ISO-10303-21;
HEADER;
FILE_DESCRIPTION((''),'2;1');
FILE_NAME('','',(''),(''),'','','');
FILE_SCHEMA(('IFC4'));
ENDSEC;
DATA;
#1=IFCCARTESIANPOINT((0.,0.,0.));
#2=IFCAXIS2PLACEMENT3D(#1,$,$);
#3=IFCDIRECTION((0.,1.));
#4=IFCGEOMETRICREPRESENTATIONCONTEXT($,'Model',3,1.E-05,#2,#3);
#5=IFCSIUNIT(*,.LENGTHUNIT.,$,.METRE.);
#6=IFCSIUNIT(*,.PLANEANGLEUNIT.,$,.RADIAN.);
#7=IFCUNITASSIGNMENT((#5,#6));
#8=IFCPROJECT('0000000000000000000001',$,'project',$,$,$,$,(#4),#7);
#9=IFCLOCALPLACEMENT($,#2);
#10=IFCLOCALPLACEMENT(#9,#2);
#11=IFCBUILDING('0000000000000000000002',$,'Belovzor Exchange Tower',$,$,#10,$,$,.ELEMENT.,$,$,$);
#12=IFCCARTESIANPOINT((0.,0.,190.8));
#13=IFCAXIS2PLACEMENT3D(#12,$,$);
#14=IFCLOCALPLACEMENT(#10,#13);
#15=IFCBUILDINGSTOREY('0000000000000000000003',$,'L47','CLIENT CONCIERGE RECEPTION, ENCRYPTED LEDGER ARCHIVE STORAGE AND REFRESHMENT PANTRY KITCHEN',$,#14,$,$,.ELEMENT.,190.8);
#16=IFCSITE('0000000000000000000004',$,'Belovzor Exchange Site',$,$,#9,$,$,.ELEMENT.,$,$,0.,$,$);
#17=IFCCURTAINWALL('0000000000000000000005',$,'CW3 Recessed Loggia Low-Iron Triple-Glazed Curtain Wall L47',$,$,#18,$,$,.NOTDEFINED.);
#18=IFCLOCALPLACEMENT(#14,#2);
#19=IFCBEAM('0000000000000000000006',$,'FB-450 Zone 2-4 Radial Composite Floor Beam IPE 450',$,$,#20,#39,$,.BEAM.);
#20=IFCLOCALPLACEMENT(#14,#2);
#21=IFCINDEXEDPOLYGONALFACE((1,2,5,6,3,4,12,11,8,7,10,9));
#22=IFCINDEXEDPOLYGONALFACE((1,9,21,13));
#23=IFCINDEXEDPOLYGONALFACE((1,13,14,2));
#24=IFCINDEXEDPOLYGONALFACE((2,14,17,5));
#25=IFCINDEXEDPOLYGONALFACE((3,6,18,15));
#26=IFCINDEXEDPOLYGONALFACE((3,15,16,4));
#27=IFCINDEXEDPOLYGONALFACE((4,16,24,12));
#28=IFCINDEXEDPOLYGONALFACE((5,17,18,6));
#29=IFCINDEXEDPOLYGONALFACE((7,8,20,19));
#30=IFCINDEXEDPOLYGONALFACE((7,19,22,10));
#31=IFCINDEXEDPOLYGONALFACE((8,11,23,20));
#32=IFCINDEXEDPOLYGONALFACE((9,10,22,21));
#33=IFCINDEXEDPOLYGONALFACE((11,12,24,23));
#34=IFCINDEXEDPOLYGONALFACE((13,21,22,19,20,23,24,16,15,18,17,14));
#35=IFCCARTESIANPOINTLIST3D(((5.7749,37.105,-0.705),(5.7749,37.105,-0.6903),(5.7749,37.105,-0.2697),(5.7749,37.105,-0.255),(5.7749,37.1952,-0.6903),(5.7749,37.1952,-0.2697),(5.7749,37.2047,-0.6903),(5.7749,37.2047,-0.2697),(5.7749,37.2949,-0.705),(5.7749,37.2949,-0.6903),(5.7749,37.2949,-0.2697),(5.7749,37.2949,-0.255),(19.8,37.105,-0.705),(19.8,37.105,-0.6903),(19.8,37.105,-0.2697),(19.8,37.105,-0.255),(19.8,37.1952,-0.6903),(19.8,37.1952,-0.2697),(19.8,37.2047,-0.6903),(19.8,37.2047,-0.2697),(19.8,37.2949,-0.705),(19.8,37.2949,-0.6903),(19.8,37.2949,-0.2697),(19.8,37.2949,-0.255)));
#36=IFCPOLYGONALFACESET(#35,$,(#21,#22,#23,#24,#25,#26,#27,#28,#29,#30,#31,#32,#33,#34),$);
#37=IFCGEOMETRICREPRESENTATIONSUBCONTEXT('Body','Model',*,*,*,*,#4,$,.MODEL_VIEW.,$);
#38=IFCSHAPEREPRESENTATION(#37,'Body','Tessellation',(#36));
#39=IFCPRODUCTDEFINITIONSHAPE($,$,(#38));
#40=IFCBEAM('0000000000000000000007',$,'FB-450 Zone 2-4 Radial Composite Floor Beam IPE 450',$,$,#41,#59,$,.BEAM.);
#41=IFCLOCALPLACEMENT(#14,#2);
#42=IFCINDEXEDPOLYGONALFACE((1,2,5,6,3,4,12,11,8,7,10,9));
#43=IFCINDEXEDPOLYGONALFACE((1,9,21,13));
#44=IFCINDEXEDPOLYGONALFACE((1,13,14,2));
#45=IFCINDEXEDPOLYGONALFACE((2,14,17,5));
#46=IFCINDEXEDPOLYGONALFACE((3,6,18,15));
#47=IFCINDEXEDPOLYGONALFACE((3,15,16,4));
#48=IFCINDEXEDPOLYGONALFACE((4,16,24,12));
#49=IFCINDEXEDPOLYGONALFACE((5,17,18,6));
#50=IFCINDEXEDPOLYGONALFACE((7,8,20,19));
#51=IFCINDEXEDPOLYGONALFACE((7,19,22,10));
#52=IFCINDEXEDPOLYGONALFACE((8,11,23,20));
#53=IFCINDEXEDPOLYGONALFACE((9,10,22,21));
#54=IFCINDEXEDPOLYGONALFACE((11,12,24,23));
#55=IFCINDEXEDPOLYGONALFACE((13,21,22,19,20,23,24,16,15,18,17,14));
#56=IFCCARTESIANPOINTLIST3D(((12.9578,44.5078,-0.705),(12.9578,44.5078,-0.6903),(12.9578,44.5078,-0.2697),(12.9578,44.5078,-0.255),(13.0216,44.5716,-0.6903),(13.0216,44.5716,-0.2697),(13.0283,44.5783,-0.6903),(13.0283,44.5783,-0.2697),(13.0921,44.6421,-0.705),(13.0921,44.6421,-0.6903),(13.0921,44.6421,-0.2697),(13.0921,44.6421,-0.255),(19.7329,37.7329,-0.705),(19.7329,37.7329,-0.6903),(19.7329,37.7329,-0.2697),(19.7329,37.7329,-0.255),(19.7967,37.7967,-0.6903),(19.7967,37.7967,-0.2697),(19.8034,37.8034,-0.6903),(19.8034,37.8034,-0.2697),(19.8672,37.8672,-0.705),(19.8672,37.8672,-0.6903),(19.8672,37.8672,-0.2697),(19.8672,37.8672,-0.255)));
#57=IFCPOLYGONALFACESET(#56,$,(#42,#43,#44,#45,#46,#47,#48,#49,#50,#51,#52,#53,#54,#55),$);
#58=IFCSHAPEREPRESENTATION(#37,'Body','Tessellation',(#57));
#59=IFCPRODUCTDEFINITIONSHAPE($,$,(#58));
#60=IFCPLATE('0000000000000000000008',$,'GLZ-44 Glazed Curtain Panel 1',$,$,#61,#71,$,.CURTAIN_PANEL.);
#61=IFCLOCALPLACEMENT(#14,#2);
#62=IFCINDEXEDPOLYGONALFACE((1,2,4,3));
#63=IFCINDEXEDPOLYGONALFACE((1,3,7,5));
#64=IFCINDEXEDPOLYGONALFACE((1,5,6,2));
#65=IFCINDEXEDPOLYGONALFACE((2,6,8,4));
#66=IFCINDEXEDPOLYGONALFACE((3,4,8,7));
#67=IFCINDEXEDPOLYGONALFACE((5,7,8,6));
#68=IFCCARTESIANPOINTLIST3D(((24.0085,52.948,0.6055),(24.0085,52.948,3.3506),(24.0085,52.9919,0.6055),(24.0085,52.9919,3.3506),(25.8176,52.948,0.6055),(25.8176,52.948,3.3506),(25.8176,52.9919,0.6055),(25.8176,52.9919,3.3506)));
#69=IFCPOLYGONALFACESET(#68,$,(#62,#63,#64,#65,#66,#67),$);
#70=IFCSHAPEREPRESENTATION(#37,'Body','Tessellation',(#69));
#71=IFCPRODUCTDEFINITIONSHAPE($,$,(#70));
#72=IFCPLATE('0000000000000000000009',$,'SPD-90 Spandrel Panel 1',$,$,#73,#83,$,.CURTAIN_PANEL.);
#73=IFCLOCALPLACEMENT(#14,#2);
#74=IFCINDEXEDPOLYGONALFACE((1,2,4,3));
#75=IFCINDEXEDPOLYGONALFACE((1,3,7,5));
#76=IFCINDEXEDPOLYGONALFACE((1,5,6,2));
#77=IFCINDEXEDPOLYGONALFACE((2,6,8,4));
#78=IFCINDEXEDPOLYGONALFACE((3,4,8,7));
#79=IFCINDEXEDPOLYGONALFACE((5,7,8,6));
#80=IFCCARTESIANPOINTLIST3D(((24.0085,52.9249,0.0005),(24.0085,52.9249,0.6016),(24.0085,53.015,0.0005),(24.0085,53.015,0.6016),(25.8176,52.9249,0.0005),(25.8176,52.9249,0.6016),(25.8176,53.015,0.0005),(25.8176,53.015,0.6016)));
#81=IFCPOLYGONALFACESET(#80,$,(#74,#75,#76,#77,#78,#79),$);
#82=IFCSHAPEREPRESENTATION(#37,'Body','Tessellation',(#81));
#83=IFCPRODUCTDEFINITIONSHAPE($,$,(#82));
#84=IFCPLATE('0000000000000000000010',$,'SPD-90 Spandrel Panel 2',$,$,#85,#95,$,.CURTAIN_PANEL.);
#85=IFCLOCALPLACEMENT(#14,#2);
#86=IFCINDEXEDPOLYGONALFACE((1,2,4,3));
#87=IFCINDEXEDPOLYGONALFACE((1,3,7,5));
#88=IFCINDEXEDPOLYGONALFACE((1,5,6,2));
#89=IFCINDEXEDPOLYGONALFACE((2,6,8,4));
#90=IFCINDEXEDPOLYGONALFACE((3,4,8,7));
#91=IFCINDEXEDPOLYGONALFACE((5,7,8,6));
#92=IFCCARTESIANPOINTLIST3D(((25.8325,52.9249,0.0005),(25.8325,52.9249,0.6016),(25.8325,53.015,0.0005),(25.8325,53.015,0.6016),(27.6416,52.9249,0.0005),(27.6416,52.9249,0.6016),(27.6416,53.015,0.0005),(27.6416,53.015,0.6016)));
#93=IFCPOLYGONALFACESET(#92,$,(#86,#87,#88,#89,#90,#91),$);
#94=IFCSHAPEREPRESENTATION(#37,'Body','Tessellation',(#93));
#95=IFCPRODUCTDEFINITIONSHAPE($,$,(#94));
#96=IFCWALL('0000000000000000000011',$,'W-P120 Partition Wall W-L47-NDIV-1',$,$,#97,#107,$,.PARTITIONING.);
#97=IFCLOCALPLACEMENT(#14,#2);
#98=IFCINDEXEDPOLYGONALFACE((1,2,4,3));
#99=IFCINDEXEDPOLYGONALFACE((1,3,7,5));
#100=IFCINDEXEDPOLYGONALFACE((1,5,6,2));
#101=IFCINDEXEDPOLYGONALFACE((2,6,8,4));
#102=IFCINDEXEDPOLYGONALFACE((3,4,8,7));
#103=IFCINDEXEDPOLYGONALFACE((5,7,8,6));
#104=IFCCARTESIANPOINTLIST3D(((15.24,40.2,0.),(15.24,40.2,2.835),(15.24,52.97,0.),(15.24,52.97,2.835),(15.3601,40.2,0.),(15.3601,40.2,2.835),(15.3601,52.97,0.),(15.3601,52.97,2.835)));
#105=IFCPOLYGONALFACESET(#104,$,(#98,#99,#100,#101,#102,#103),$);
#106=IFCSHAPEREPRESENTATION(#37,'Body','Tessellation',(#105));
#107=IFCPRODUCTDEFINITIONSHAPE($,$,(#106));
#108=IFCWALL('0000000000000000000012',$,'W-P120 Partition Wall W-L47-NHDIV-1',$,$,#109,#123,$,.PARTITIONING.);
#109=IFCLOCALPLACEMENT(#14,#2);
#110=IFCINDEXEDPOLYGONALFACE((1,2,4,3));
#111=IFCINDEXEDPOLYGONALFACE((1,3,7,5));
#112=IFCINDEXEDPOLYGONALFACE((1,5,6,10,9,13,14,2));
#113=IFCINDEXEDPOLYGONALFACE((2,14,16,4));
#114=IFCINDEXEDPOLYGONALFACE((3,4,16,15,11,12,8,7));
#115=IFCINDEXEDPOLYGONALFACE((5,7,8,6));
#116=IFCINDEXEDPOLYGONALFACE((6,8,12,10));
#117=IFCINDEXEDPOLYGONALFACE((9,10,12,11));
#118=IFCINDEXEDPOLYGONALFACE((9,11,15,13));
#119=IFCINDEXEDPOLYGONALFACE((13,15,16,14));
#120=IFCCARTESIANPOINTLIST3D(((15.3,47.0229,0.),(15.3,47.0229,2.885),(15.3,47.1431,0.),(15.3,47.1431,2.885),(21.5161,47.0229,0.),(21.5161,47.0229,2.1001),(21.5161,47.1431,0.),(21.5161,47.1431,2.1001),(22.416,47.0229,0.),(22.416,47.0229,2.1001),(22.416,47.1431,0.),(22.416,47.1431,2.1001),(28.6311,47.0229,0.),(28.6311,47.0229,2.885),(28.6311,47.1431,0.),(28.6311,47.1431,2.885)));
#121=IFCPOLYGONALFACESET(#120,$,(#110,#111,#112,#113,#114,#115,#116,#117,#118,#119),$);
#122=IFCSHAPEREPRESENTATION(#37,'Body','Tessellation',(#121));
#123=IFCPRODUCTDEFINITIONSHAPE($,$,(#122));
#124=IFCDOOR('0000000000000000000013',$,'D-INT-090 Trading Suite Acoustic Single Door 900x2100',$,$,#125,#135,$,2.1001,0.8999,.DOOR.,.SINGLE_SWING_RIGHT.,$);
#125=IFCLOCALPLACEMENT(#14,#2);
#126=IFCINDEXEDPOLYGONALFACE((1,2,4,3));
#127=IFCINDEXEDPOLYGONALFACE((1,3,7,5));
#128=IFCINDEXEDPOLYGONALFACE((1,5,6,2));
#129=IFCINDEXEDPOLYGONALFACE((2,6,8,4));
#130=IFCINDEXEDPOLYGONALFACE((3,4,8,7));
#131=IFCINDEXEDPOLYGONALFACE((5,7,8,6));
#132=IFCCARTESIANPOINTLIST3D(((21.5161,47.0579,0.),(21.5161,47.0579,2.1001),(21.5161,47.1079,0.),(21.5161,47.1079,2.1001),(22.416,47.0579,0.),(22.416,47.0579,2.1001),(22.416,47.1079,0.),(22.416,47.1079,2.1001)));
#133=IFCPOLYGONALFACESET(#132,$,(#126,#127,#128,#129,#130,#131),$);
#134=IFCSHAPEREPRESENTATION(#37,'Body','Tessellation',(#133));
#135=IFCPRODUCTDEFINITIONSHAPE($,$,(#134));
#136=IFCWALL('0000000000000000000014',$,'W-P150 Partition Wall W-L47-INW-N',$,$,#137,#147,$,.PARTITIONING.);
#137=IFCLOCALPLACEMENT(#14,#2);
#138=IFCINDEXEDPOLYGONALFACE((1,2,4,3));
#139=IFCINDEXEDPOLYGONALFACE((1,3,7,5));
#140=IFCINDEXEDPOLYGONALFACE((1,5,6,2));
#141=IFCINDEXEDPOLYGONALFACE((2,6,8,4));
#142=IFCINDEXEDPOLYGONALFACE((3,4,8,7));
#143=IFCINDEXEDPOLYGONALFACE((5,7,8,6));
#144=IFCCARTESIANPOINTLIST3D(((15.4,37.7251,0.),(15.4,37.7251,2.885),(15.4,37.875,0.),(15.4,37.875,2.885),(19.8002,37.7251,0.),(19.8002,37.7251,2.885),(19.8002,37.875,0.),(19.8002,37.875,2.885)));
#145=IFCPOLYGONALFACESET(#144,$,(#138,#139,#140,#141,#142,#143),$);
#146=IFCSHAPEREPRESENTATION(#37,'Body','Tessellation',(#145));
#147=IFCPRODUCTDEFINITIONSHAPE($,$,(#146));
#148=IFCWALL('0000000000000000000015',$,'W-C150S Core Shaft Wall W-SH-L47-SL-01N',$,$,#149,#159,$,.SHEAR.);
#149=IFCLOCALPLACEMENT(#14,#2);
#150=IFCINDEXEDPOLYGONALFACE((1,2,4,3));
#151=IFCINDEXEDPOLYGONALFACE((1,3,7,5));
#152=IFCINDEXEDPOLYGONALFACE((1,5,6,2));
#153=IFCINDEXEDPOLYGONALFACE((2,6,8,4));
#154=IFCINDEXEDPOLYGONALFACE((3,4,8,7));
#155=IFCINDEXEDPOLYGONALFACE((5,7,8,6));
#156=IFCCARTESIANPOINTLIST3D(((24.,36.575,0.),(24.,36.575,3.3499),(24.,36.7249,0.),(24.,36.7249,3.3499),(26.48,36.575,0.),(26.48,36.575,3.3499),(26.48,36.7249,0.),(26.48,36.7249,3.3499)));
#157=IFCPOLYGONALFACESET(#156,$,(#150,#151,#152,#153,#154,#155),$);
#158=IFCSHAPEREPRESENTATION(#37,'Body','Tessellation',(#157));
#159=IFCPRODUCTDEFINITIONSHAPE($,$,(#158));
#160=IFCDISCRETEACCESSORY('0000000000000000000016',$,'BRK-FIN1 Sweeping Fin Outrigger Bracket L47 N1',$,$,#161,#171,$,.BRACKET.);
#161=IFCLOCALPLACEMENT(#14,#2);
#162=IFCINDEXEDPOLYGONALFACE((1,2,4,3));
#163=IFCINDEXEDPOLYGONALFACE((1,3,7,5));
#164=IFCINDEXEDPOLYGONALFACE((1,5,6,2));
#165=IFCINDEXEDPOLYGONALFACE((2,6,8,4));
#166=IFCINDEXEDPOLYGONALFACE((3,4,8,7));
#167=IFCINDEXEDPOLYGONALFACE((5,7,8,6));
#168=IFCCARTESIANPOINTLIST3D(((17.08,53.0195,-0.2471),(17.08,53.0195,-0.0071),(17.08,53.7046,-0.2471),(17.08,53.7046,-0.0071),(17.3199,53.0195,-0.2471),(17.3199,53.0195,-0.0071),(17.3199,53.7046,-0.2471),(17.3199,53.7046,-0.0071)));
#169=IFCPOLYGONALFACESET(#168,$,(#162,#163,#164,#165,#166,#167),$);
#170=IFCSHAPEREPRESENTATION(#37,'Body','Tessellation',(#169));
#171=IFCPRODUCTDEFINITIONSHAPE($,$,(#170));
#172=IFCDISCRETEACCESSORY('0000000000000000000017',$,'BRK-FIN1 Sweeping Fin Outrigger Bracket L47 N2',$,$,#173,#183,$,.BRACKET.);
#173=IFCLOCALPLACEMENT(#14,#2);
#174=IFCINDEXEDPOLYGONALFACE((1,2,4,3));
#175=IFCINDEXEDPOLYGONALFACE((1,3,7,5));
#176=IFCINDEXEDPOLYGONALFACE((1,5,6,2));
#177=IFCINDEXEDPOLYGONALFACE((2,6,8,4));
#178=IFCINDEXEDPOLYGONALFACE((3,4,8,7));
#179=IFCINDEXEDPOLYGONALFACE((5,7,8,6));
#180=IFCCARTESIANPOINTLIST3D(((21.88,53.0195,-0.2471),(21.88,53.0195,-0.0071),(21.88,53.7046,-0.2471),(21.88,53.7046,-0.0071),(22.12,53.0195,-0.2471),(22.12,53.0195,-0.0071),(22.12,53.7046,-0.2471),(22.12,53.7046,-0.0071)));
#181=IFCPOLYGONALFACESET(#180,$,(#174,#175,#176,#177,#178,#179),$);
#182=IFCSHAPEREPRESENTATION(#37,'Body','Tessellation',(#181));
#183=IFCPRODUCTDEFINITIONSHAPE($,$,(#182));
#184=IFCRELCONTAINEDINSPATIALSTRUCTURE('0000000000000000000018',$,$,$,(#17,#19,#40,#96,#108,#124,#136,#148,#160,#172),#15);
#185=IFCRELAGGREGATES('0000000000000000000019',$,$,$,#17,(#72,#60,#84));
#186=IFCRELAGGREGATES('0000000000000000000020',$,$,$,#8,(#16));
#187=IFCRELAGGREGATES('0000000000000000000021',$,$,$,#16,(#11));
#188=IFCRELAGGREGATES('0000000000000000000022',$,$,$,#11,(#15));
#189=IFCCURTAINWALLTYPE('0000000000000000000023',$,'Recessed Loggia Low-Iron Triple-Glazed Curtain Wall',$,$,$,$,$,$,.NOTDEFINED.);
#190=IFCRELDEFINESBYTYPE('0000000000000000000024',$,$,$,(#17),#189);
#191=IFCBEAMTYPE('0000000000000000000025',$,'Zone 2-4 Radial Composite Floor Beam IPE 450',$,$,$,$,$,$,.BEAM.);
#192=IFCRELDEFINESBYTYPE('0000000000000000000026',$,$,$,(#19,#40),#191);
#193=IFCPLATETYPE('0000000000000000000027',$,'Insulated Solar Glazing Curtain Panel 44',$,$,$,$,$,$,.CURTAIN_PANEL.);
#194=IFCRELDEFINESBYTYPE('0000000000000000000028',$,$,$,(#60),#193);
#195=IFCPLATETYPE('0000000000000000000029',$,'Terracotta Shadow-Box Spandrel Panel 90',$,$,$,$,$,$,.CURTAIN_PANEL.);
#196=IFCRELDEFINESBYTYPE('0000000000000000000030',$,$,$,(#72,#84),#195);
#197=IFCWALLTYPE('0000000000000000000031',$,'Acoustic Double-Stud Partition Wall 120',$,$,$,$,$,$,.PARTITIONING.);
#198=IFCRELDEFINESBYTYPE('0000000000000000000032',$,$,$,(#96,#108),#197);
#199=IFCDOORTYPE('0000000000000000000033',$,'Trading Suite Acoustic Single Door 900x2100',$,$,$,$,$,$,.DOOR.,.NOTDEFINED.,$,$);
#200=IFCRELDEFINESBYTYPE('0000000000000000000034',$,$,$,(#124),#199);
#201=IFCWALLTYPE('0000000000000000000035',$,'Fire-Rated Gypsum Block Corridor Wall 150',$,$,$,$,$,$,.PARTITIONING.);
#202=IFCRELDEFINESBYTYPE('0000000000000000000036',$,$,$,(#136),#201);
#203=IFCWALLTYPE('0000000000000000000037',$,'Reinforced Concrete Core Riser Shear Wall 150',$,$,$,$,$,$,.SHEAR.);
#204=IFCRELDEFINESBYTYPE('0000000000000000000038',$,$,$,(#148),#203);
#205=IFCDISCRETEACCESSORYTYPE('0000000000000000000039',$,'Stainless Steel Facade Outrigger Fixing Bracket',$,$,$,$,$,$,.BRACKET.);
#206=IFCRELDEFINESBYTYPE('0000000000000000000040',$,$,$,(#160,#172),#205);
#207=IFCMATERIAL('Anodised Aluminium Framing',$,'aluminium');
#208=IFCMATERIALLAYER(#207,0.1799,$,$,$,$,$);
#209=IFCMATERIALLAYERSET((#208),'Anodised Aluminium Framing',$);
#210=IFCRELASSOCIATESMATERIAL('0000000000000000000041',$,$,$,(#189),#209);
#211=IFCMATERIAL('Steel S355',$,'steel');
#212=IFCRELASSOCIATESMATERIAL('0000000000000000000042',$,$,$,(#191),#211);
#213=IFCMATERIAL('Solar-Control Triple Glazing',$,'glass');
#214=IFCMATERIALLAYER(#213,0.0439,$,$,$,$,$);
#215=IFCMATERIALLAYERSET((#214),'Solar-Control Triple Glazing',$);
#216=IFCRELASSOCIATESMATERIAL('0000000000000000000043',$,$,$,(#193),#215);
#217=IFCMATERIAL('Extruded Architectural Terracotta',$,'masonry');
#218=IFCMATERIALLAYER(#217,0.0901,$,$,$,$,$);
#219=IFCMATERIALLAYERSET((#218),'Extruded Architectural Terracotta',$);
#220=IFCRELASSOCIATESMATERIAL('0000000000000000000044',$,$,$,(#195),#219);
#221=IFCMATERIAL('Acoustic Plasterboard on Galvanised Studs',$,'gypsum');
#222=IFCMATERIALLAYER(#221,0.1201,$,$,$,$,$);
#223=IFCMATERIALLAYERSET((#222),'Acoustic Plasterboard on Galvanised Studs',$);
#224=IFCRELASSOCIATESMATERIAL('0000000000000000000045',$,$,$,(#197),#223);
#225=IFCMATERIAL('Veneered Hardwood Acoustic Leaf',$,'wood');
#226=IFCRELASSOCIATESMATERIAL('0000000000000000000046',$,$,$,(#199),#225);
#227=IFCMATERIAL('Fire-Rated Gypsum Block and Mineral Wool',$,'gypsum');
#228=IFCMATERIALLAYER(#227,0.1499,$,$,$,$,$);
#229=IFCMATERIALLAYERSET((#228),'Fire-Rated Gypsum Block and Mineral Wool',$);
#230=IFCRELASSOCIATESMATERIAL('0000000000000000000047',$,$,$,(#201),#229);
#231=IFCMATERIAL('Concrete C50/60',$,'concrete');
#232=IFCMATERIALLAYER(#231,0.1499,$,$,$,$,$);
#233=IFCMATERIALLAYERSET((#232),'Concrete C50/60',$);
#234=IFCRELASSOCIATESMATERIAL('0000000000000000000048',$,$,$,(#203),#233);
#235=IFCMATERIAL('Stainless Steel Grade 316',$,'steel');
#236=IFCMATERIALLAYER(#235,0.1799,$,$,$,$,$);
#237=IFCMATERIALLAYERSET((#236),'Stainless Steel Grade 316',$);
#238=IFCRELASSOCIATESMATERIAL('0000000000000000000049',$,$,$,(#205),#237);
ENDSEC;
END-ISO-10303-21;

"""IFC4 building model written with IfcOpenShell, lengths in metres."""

from ifc_helpers import new_model, si_unit, direction, frame, frame_2d, origin, origin_2d, place, context, subcontext, project, spatial, rectangle, i_section, extrude, material, layer, layer_set, material_profile, profile_set, type_object, element, fill, aggregate, save


model = new_model("IFC4")

# Units and contexts
model_context = context("Model", 3, precision=1e-05, world=origin(), true_north=direction((0.0, 1.0)))
body_context = subcontext(model_context, "Body", "Model", "MODEL_VIEW")
ifc_project = project(units=[si_unit("LENGTHUNIT", "METRE"), si_unit("PLANEANGLEUNIT", "RADIAN")], contexts=[model_context])

# Site, building, storey
site_placement = place(None, origin())
site = spatial("IfcSite", under=ifc_project, at=site_placement, Name="Belovzor Exchange Site", CompositionType="ELEMENT", RefElevation=0.0)
building_placement = place(site_placement, origin())
building = spatial("IfcBuilding", under=site, at=building_placement, Name="Belovzor Exchange Tower", CompositionType="ELEMENT")
storey_placement = place(building_placement, frame((0.0, 0.0, 190.8)))
storey = spatial("IfcBuildingStorey", under=building, at=storey_placement, Name="L47", Description="CLIENT CONCIERGE RECEPTION, ENCRYPTED LEDGER ARCHIVE STORAGE AND REFRESHMENT PANTRY KITCHEN", CompositionType="ELEMENT", Elevation=190.8)

# Curtain wall
ifc_material_1 = material(Name="Anodised Aluminium Framing", Category="aluminium")
ifc_layer_1 = layer(ifc_material_1, 0.1799)
ifc_layer_set_1 = layer_set([ifc_layer_1], Name="Anodised Aluminium Framing")
curtain_wall_type = type_object("IfcCurtainWallType", Name="Recessed Loggia Low-Iron Triple-Glazed Curtain Wall", PredefinedType="NOTDEFINED", material=ifc_layer_set_1)
curtain_wall_placement = place(storey_placement, origin())
curtain_wall = element("IfcCurtainWall", 1, at=curtain_wall_placement, inside=storey, type_object=curtain_wall_type, Name="CW3 Recessed Loggia Low-Iron Triple-Glazed Curtain Wall L47", PredefinedType="NOTDEFINED")

# Beams
ifc_material_2 = material(Name="Steel S355", Category="steel")
ifc_material_profile_1 = material_profile(ifc_material_2, i_section(OverallWidth=0.1899, OverallDepth=0.45, WebThickness=0.0095, FlangeThickness=0.0146, at=origin_2d()))
ifc_profile_set_1 = profile_set([ifc_material_profile_1], Name="Steel S355")
beam_type_1 = type_object("IfcBeamType", Name="Zone 2-4 Radial Composite Floor Beam IPE 450", PredefinedType="BEAM", material=ifc_profile_set_1)
beam_1_placement = place(storey_placement, frame((19.8, 37.2, -0.48), z_axis=(-1.0, 0.0, 0.0), x_axis=(0.0, -1.0, 0.0)))
element("IfcBeam", 2, at=beam_1_placement, inside=storey, type_object=beam_type_1, Name="FB-450 Zone 2-4 Radial Composite Floor Beam IPE 450", PredefinedType="BEAM", context=body_context, shape_type="SweptSolid", body=[
    extrude(i_section(OverallWidth=0.1899, OverallDepth=0.45, WebThickness=0.0095, FlangeThickness=0.0146, at=origin_2d()), origin(), (0.0, 0.0, 1.0), 14.0251),
])
beam_2_placement = place(storey_placement, frame((19.8, 37.8, -0.48), z_axis=(-0.70712, 0.707094, 0.0), x_axis=(-0.707094, -0.70712, 0.0)))
element("IfcBeam", 3, at=beam_2_placement, inside=storey, type_object=beam_type_1, Name="FB-450 Zone 2-4 Radial Composite Floor Beam IPE 450", PredefinedType="BEAM", context=body_context, shape_type="SweptSolid", body=[
    extrude(i_section(OverallWidth=0.1899, OverallDepth=0.45, WebThickness=0.0095, FlangeThickness=0.0146, at=origin_2d()), origin(), (0.0, 0.0, 1.0), 9.5813),
])

# Plates
ifc_material_3 = material(Name="Solar-Control Triple Glazing", Category="glass")
ifc_layer_2 = layer(ifc_material_3, 0.0439)
ifc_layer_set_2 = layer_set([ifc_layer_2], Name="Solar-Control Triple Glazing")
plate_type_1 = type_object("IfcPlateType", Name="Insulated Solar Glazing Curtain Panel 44", PredefinedType="CURTAIN_PANEL", material=ifc_layer_set_2)
plate_1_placement = place(storey_placement, frame((24.9131, 52.97, 0.6055), z_axis=(0.0, 0.0, 1.0), x_axis=(1.0, 0.0, 0.0)))
plate_1 = element("IfcPlate", 4, at=plate_1_placement, type_object=plate_type_1, Name="GLZ-44 Glazed Curtain Panel 1", PredefinedType="CURTAIN_PANEL", context=body_context, shape_type="SweptSolid", body=[
    extrude(rectangle(XDim=1.8091, YDim=0.0439, at=origin_2d()), origin(), (0.0, 0.0, 1.0), 2.7451),
])
ifc_material_4 = material(Name="Extruded Architectural Terracotta", Category="masonry")
ifc_layer_3 = layer(ifc_material_4, 0.0901)
ifc_layer_set_3 = layer_set([ifc_layer_3], Name="Extruded Architectural Terracotta")
plate_type_2 = type_object("IfcPlateType", Name="Terracotta Shadow-Box Spandrel Panel 90", PredefinedType="CURTAIN_PANEL", material=ifc_layer_set_3)
plate_2_placement = place(storey_placement, frame((24.9131, 52.97, 0.0005), z_axis=(0.0, 0.0, 1.0), x_axis=(1.0, 0.0, 0.0)))
plate_2 = element("IfcPlate", 5, at=plate_2_placement, type_object=plate_type_2, Name="SPD-90 Spandrel Panel 1", PredefinedType="CURTAIN_PANEL", context=body_context, shape_type="SweptSolid", body=[
    extrude(rectangle(XDim=1.8091, YDim=0.0901, at=origin_2d()), origin(), (0.0, 0.0, 1.0), 0.6011),
])
plate_3_placement = place(storey_placement, frame((26.7371, 52.97, 0.0005), z_axis=(0.0, 0.0, 1.0), x_axis=(1.0, 0.0, 0.0)))
plate_3 = element("IfcPlate", 6, at=plate_3_placement, type_object=plate_type_2, Name="SPD-90 Spandrel Panel 2", PredefinedType="CURTAIN_PANEL", context=body_context, shape_type="SweptSolid", body=[
    extrude(rectangle(XDim=1.8091, YDim=0.0901, at=origin_2d()), origin(), (0.0, 0.0, 1.0), 0.6011),
])
aggregate(curtain_wall, [plate_2, plate_1, plate_3])

# Wall
ifc_material_5 = material(Name="Acoustic Plasterboard on Galvanised Studs", Category="gypsum")
ifc_layer_4 = layer(ifc_material_5, 0.1201)
ifc_layer_set_4 = layer_set([ifc_layer_4], Name="Acoustic Plasterboard on Galvanised Studs")
wall_type_1 = type_object("IfcWallType", Name="Acoustic Double-Stud Partition Wall 120", PredefinedType="PARTITIONING", material=ifc_layer_set_4)
wall_1_placement = place(storey_placement, frame((15.3, 40.2, 0.0), z_axis=(0.0, 0.0, 1.0), x_axis=(0.0, 1.0, 0.0)))
element("IfcWall", 7, at=wall_1_placement, inside=storey, type_object=wall_type_1, Name="W-P120 Partition Wall W-L47-NDIV-1", PredefinedType="PARTITIONING", context=body_context, shape_type="SweptSolid", body=[
    extrude(rectangle(XDim=12.77, YDim=0.1201, at=frame_2d((6.385, 0.0))), origin(), (0.0, 0.0, 1.0), 2.835),
])

# Wall, opening, door
wall_2_placement = place(storey_placement, frame((15.3, 47.083, 0.0), z_axis=(0.0, 0.0, 1.0), x_axis=(1.0, 0.0, 0.0)))
wall_2 = element("IfcWall", 8, at=wall_2_placement, inside=storey, type_object=wall_type_1, Name="W-P120 Partition Wall W-L47-NHDIV-1", PredefinedType="PARTITIONING", context=body_context, shape_type="SweptSolid", body=[
    extrude(rectangle(XDim=13.3311, YDim=0.1201, at=frame_2d((6.6655, 0.0))), origin(), (0.0, 0.0, 1.0), 2.885),
])
opening_1_placement = place(wall_2_placement, frame((6.2161, 0.0, 0.0)))
opening_1 = element("IfcOpeningElement", 9, at=opening_1_placement, cuts=wall_2, PredefinedType="OPENING", context=body_context, shape_type="SweptSolid", body=[
    extrude(rectangle(XDim=0.8999, YDim=2.1001, at=frame_2d((0.45, 1.05))), frame((0.0, 0.0701, 0.0), z_axis=(0.0, -1.0, 0.0), x_axis=(1.0, 0.0, 0.0)), (0.0, 0.0, 1.0), 0.1401),
])
ifc_material_6 = material(Name="Veneered Hardwood Acoustic Leaf", Category="wood")
door_type_1 = type_object("IfcDoorType", Name="Trading Suite Acoustic Single Door 900x2100", OperationType="NOTDEFINED", PredefinedType="DOOR", material=ifc_material_6)
door_1_placement = place(opening_1_placement, origin())
door_1 = element("IfcDoor", 10, at=door_1_placement, inside=storey, type_object=door_type_1, Name="D-INT-090 Trading Suite Acoustic Single Door 900x2100", OperationType="SINGLE_SWING_RIGHT", OverallHeight=2.1001, OverallWidth=0.8999, PredefinedType="DOOR", context=body_context, shape_type="SweptSolid", body=[
    extrude(rectangle(XDim=0.8999, YDim=2.1001, at=frame_2d((0.45, 1.05))), frame((0.0, 0.0249, 0.0), z_axis=(0.0, -1.0, 0.0), x_axis=(1.0, 0.0, 0.0)), (0.0, 0.0, 1.0), 0.05),
])
fill(opening_1, door_1)

# Walls
ifc_material_7 = material(Name="Fire-Rated Gypsum Block and Mineral Wool", Category="gypsum")
ifc_layer_5 = layer(ifc_material_7, 0.1499)
ifc_layer_set_5 = layer_set([ifc_layer_5], Name="Fire-Rated Gypsum Block and Mineral Wool")
wall_type_2 = type_object("IfcWallType", Name="Fire-Rated Gypsum Block Corridor Wall 150", PredefinedType="PARTITIONING", material=ifc_layer_set_5)
wall_3_placement = place(storey_placement, frame((15.3999, 37.8, 0.0), z_axis=(0.0, 0.0, 1.0), x_axis=(1.0, 0.0, 0.0)))
element("IfcWall", 11, at=wall_3_placement, inside=storey, type_object=wall_type_2, Name="W-P150 Partition Wall W-L47-INW-N", PredefinedType="PARTITIONING", context=body_context, shape_type="SweptSolid", body=[
    extrude(rectangle(XDim=4.4001, YDim=0.1499, at=frame_2d((2.2002, 0.0))), origin(), (0.0, 0.0, 1.0), 2.885),
])
ifc_material_8 = material(Name="Concrete C50/60", Category="concrete")
ifc_layer_6 = layer(ifc_material_8, 0.1499)
ifc_layer_set_6 = layer_set([ifc_layer_6], Name="Concrete C50/60")
wall_type_3 = type_object("IfcWallType", Name="Reinforced Concrete Core Riser Shear Wall 150", PredefinedType="SHEAR", material=ifc_layer_set_6)
wall_4_placement = place(storey_placement, frame((24.0, 36.6499, 0.0), z_axis=(0.0, 0.0, 1.0), x_axis=(1.0, 0.0, 0.0)))
element("IfcWall", 12, at=wall_4_placement, inside=storey, type_object=wall_type_3, Name="W-C150S Core Shaft Wall W-SH-L47-SL-01N", PredefinedType="SHEAR", context=body_context, shape_type="SweptSolid", body=[
    extrude(rectangle(XDim=2.48, YDim=0.1499, at=frame_2d((1.24, 0.0))), origin(), (0.0, 0.0, 1.0), 3.3499),
])

# Discrete accessories
ifc_material_9 = material(Name="Stainless Steel Grade 316", Category="steel")
ifc_layer_7 = layer(ifc_material_9, 0.1799)
ifc_layer_set_7 = layer_set([ifc_layer_7], Name="Stainless Steel Grade 316")
discrete_accessory_type = type_object("IfcDiscreteAccessoryType", Name="Stainless Steel Facade Outrigger Fixing Bracket", PredefinedType="BRACKET", material=ifc_layer_set_7)
for number, where, z_axis, x_axis, name in (
    (13, (17.2, 53.3621, -0.2471), (0.0, 0.0, 1.0), (0.0, 1.0, 0.0), "BRK-FIN1 Sweeping Fin Outrigger Bracket L47 N1"),
    (14, (22.0, 53.3621, -0.2471), (0.0, 0.0, 1.0), (0.0, 1.0, 0.0), "BRK-FIN1 Sweeping Fin Outrigger Bracket L47 N2"),
):
    element("IfcDiscreteAccessory", number, at=place(storey_placement, frame(where, z_axis=z_axis, x_axis=x_axis)), inside=storey, type_object=discrete_accessory_type, Name=name, PredefinedType="BRACKET", context=body_context, shape_type="SweptSolid", body=[
        extrude(rectangle(XDim=0.6851, YDim=0.24, at=origin_2d()), origin(), (0.0, 0.0, 1.0), 0.24),
    ])

save(model, "model.ifc")
